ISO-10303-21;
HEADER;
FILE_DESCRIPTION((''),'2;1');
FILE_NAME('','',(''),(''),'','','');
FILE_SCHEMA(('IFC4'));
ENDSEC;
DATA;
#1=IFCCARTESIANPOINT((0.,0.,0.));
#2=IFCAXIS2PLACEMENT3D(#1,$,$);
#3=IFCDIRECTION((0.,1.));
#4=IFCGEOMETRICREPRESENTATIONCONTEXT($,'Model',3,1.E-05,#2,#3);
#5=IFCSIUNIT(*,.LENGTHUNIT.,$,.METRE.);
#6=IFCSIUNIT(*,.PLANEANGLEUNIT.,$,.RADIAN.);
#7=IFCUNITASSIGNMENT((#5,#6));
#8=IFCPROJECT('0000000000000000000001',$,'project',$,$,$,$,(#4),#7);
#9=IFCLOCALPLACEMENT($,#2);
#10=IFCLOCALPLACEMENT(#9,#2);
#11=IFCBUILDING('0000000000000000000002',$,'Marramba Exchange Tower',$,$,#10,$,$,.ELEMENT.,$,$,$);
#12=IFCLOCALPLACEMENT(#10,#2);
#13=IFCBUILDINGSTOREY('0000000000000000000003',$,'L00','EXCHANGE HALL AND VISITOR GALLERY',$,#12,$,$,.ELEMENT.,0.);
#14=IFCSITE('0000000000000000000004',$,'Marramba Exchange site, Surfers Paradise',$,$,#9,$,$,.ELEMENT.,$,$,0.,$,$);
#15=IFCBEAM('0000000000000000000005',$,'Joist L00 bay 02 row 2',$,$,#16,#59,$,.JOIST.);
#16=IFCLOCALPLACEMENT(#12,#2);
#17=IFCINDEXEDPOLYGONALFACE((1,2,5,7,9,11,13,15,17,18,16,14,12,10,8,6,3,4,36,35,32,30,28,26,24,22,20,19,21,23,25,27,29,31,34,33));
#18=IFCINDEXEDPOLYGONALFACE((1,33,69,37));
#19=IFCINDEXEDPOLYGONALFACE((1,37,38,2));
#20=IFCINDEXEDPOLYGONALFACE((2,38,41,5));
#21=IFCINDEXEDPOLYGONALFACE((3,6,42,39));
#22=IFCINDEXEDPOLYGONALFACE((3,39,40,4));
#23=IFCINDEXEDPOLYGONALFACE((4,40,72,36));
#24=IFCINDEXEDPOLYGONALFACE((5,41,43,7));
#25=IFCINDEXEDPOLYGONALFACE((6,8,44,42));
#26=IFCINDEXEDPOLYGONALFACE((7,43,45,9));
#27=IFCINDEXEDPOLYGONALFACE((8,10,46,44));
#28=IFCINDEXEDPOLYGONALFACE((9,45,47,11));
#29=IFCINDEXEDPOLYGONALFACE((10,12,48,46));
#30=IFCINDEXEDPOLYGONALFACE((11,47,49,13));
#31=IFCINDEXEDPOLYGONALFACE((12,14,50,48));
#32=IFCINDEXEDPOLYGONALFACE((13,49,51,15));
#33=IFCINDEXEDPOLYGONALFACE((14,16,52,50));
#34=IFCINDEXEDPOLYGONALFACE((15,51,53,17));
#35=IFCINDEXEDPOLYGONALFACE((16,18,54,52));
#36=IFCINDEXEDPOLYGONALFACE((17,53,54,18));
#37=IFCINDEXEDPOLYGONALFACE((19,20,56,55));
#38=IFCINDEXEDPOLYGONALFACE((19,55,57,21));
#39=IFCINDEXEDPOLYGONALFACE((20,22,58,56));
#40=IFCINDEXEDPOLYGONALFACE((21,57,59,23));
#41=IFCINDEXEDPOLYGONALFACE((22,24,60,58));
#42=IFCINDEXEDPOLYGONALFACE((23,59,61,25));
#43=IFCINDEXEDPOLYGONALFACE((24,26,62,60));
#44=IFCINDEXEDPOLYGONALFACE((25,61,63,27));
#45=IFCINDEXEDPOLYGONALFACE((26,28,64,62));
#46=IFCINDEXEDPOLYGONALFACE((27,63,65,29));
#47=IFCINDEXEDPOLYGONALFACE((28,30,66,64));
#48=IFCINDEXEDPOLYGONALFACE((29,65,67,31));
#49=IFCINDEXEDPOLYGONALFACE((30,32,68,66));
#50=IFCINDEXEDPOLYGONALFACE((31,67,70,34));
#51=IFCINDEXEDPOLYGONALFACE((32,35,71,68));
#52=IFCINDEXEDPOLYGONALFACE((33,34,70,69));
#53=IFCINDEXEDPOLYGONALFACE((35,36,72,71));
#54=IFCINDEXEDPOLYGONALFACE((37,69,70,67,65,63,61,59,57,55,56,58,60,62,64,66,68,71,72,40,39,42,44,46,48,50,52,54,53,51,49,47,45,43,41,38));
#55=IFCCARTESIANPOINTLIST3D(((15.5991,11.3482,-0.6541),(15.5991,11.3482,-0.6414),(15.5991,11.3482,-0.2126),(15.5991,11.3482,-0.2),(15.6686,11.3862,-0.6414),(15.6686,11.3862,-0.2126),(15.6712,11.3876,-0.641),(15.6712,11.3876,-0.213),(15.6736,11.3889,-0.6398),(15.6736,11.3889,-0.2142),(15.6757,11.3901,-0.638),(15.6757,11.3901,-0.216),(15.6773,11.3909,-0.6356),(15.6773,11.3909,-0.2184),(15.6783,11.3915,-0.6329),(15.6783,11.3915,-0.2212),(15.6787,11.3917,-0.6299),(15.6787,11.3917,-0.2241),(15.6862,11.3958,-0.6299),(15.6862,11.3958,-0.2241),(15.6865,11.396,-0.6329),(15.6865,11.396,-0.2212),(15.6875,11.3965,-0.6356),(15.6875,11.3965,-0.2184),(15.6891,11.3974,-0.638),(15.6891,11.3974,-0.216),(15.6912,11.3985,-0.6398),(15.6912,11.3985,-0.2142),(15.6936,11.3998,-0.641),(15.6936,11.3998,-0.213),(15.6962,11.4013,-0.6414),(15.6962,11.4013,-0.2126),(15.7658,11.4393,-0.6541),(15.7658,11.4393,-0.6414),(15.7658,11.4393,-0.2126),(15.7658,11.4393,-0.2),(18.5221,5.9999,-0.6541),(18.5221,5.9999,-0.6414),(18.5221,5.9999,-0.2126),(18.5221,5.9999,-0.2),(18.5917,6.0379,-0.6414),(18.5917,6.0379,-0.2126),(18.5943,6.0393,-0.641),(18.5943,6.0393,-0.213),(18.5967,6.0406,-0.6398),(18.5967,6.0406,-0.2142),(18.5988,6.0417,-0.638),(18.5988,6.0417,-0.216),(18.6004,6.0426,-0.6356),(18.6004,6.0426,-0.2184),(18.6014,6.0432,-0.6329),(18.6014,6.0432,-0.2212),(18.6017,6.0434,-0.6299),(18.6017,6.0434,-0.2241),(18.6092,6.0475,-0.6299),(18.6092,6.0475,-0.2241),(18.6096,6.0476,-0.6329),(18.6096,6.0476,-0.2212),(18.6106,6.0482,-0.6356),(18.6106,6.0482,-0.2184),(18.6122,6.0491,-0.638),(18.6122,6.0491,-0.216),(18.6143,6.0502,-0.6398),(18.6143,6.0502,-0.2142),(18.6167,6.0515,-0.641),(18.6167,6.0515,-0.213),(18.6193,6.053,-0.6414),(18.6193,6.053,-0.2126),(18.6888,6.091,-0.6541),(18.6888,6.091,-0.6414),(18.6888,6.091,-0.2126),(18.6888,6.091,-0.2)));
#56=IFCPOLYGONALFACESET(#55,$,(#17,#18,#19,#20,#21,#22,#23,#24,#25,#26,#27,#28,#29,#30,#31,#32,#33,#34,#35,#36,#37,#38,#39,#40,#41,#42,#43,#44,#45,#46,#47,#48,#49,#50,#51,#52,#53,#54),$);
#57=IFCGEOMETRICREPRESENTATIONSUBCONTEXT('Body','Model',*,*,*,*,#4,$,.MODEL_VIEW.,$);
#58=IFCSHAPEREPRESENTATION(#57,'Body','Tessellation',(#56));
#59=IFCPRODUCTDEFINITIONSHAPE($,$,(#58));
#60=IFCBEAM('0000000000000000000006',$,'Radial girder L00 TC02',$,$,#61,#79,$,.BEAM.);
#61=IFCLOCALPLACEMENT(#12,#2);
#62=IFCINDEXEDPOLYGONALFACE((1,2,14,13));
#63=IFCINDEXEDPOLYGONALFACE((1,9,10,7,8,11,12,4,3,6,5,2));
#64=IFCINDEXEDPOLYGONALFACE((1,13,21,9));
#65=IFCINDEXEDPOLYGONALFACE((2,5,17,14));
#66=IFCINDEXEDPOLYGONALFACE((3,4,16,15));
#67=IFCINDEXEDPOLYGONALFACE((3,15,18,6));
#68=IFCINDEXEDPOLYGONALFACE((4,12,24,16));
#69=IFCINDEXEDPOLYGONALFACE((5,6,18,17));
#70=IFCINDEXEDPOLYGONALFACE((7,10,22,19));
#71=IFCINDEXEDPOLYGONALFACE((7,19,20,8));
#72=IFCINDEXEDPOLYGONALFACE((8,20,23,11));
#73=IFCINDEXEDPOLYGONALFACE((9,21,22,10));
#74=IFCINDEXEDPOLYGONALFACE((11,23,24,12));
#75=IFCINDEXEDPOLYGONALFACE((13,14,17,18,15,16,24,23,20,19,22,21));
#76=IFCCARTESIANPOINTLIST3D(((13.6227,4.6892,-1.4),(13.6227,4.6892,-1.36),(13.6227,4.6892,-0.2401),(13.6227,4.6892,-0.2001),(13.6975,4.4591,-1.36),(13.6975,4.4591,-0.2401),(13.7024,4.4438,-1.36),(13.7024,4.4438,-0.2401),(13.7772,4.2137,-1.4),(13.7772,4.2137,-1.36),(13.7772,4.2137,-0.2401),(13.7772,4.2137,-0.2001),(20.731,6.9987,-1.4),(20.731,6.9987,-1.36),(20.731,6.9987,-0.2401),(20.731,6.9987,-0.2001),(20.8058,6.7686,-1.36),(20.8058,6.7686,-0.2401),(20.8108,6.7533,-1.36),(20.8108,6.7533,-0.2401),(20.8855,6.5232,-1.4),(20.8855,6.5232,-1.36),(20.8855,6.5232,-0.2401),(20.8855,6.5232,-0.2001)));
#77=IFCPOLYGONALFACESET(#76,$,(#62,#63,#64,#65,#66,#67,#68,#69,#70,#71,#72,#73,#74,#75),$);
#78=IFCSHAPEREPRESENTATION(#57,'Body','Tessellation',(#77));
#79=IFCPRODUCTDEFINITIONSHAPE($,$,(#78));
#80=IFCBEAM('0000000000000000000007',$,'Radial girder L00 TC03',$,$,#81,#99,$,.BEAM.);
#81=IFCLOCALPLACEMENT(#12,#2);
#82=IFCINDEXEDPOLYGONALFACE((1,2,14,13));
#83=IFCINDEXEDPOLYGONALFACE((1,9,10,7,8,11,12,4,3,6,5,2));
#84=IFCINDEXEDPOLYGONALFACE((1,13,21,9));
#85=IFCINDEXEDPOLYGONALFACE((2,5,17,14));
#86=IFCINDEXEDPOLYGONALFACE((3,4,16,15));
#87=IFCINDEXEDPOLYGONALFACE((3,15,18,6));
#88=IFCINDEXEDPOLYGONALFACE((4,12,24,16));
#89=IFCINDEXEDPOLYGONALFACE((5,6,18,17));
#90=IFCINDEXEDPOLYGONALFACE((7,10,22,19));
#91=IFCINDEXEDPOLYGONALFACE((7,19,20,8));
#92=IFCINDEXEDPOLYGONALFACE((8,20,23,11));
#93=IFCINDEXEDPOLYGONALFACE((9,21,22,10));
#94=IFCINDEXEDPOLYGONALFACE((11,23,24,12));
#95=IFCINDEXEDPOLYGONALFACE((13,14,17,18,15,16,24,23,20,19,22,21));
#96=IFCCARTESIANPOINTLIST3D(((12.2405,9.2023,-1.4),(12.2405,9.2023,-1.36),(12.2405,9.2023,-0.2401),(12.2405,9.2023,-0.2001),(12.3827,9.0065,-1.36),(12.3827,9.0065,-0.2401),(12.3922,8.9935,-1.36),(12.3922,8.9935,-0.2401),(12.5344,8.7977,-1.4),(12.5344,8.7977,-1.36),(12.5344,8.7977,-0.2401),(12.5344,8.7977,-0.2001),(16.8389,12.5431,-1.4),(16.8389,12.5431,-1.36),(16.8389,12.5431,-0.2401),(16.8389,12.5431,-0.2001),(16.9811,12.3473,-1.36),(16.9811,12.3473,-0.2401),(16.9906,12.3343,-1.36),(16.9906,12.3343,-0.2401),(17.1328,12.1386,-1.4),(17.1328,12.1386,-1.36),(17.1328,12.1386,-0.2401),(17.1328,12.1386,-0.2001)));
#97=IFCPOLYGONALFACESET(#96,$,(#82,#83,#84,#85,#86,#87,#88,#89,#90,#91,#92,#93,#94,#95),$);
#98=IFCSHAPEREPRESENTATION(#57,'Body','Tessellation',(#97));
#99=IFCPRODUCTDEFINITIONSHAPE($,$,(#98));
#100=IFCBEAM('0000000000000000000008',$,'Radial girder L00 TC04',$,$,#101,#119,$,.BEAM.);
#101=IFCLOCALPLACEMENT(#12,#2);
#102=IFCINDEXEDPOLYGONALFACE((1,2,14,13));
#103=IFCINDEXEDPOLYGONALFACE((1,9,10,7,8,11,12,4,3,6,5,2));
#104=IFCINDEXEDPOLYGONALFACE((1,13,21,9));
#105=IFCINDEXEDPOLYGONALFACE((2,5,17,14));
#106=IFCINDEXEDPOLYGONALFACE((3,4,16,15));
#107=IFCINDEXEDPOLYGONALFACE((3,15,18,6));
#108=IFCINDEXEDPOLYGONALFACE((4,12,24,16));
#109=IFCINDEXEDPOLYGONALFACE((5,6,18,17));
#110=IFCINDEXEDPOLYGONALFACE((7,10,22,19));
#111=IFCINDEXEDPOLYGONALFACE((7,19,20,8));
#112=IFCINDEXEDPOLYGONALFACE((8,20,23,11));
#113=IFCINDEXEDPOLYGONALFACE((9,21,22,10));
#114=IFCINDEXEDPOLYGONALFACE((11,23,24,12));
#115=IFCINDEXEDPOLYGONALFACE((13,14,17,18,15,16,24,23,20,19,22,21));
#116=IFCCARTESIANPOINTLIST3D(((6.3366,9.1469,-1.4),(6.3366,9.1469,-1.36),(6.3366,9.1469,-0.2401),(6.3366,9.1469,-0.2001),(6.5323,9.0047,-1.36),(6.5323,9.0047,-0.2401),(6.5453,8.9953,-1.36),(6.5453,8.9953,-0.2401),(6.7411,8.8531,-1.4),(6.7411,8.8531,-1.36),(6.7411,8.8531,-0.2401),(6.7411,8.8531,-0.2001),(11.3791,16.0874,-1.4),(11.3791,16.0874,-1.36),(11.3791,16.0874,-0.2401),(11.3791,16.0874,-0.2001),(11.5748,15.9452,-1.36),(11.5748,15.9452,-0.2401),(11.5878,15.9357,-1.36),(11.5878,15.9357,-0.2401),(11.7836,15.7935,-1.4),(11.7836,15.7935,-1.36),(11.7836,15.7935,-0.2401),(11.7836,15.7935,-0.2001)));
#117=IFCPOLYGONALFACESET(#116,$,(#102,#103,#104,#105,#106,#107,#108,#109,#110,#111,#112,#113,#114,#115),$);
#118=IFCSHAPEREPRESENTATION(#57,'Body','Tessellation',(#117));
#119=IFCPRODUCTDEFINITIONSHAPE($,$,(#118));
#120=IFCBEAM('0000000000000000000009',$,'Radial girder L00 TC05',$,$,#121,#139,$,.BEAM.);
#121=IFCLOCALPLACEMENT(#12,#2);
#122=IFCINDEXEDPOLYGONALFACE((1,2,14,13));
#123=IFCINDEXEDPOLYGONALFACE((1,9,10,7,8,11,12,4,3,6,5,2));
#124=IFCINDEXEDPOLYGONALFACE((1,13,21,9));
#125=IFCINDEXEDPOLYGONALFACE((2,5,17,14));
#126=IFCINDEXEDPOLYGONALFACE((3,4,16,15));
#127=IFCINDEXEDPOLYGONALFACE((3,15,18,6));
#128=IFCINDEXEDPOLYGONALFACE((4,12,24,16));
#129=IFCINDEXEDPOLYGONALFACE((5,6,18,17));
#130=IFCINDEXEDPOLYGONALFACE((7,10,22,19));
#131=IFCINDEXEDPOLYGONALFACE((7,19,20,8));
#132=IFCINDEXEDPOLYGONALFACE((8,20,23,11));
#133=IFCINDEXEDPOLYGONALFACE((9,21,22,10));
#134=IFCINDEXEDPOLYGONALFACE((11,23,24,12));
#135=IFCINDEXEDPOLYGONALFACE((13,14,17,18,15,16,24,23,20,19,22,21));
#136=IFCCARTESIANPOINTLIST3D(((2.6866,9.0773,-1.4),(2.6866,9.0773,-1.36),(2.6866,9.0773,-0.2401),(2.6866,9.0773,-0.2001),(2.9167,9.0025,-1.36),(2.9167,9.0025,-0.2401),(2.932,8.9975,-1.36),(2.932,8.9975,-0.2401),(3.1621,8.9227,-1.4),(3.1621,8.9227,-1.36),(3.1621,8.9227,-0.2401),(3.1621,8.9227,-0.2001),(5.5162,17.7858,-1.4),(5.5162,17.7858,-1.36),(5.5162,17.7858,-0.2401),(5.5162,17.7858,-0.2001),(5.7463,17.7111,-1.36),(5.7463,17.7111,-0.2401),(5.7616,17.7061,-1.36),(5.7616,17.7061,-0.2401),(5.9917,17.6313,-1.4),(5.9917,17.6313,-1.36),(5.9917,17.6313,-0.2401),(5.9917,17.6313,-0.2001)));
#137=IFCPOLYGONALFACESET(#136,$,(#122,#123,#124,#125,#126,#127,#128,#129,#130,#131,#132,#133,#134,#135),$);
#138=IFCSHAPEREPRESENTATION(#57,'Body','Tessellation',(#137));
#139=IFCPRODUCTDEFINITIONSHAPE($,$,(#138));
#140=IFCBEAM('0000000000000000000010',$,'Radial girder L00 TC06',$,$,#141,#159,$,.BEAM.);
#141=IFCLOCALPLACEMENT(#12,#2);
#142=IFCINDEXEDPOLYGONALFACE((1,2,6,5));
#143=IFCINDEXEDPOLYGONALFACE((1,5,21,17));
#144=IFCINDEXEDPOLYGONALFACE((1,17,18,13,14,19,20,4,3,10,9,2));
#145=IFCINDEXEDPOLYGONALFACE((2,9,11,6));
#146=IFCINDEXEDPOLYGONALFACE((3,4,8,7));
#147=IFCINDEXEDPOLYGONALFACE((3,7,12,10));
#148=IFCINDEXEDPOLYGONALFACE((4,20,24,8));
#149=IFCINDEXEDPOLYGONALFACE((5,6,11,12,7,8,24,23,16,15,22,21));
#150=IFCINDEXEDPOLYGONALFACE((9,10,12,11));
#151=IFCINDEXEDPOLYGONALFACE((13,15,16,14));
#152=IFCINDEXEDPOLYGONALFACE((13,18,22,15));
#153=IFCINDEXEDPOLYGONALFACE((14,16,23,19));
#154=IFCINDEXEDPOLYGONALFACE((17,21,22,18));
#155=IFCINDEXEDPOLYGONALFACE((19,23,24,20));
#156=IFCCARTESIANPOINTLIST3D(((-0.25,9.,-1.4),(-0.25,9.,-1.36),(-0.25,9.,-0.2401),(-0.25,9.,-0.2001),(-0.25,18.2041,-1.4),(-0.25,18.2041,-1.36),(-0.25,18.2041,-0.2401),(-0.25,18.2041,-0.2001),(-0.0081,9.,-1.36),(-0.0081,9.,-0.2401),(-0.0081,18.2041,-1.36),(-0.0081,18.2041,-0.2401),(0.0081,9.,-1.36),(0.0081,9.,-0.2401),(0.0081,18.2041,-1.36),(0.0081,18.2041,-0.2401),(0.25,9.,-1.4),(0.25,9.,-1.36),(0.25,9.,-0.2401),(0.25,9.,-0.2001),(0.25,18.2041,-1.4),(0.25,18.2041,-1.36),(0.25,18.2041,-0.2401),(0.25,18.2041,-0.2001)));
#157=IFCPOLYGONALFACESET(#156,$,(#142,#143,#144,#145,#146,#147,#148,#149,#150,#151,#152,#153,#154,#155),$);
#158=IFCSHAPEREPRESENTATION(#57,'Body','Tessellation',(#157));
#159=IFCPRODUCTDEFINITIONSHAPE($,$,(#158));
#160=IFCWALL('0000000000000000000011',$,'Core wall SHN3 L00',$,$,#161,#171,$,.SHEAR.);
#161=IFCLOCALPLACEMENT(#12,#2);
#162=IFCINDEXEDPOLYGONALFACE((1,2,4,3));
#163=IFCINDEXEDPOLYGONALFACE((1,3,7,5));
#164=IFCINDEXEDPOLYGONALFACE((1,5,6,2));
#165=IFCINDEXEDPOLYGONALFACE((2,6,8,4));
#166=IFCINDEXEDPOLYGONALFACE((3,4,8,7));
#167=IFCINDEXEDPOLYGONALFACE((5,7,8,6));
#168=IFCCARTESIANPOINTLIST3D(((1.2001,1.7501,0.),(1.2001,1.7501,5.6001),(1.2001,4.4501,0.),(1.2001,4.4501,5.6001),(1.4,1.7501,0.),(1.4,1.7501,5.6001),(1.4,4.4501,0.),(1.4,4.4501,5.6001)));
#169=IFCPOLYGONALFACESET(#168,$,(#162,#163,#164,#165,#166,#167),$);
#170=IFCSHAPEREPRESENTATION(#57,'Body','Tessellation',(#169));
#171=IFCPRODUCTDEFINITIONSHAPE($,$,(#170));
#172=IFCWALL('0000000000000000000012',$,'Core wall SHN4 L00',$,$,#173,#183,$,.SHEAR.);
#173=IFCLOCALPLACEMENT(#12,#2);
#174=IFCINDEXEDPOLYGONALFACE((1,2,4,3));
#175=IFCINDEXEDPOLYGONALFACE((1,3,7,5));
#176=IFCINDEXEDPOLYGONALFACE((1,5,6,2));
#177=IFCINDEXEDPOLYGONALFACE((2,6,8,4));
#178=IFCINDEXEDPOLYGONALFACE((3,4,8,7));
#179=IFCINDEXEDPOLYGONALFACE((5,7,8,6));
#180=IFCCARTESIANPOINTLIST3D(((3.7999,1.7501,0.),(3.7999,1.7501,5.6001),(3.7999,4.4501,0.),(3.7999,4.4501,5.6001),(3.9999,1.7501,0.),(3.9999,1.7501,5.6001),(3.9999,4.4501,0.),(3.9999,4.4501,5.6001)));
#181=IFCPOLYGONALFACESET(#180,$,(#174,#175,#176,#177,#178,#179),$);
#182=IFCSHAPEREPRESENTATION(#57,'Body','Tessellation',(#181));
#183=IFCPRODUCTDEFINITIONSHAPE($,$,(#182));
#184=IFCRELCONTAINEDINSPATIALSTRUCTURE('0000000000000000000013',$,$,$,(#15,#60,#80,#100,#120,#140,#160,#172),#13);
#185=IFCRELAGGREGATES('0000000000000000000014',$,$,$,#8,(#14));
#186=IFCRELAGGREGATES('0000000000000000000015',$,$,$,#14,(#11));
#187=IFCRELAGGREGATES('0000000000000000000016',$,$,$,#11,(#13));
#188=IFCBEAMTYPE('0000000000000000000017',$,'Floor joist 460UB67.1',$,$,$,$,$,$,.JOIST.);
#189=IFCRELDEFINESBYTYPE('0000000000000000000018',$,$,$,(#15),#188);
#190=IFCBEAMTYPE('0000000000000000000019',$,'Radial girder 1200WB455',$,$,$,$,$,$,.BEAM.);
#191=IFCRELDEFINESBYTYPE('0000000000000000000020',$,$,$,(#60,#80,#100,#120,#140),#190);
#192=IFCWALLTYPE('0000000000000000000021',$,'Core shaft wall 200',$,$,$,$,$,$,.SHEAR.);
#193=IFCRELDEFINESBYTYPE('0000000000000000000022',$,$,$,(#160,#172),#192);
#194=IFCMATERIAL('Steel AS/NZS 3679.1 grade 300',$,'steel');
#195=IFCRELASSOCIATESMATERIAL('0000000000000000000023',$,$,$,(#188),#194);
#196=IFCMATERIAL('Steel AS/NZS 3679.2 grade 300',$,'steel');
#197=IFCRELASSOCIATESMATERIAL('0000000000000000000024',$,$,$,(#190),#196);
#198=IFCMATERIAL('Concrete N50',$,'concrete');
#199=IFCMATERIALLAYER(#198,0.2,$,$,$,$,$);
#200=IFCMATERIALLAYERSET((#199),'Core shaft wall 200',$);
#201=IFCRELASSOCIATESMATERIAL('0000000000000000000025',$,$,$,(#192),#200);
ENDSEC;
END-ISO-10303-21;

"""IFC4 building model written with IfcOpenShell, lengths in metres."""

from ifc_helpers import new_model, si_unit, direction, frame, frame_2d, origin, origin_2d, place, context, subcontext, project, spatial, rectangle, i_section, extrude, material, layer, layer_set, material_profile, profile_set, type_object, element, save


model = new_model("IFC4")

# Units and contexts
model_context = context("Model", 3, precision=1e-05, world=origin(), true_north=direction((0.0, 1.0)))
body_context = subcontext(model_context, "Body", "Model", "MODEL_VIEW")
ifc_project = project(units=[si_unit("LENGTHUNIT", "METRE"), si_unit("PLANEANGLEUNIT", "RADIAN")], contexts=[model_context])

# Site, building, storey
site_placement = place(None, origin())
site = spatial("IfcSite", under=ifc_project, at=site_placement, Name="Marramba Exchange site, Surfers Paradise", CompositionType="ELEMENT", RefElevation=0.0)
building_placement = place(site_placement, origin())
building = spatial("IfcBuilding", under=site, at=building_placement, Name="Marramba Exchange Tower", CompositionType="ELEMENT")
storey_placement = place(building_placement, origin())
storey = spatial("IfcBuildingStorey", under=building, at=storey_placement, Name="L00", Description="EXCHANGE HALL AND VISITOR GALLERY", CompositionType="ELEMENT", Elevation=0.0)

# Beams
ifc_material_1 = material(Name="Steel AS/NZS 3679.1 grade 300", Category="steel")
ifc_material_profile_1 = material_profile(ifc_material_1, i_section(OverallWidth=0.1899, OverallDepth=0.4541, WebThickness=0.0085, FlangeThickness=0.0127, FilletRadius=0.0115, at=origin_2d()), Name="460UB67.1")
ifc_profile_set_1 = profile_set([ifc_material_profile_1], Name="Steel AS/NZS 3679.1 grade 300")
beam_type_1 = type_object("IfcBeamType", Name="Floor joist 460UB67.1", PredefinedType="JOIST", material=ifc_profile_set_1)
beam_1_placement = place(storey_placement, frame((18.6055, 6.0454, -0.427), z_axis=(-0.479584, 0.877496, 0.0), x_axis=(-0.877496, -0.479584, 0.0)))
element("IfcBeam", 1, at=beam_1_placement, inside=storey, type_object=beam_type_1, Name="Joist L00 bay 02 row 2", PredefinedType="JOIST", context=body_context, shape_type="SweptSolid", body=[
    extrude(i_section(OverallWidth=0.1899, OverallDepth=0.4541, WebThickness=0.0085, FlangeThickness=0.0127, FilletRadius=0.0115, at=origin_2d()), origin(), (0.0, 0.0, 1.0), 6.095),
])
ifc_material_2 = material(Name="Steel AS/NZS 3679.2 grade 300", Category="steel")
ifc_material_profile_2 = material_profile(ifc_material_2, i_section(OverallWidth=0.5, OverallDepth=1.2, WebThickness=0.0161, FlangeThickness=0.04, at=origin_2d()), Name="1200WB455")
ifc_profile_set_2 = profile_set([ifc_material_profile_2], Name="Steel AS/NZS 3679.2 grade 300")
beam_type_2 = type_object("IfcBeamType", Name="Radial girder 1200WB455", PredefinedType="BEAM", material=ifc_profile_set_2)
beam_2_placement = place(storey_placement, frame((13.7, 4.4514, -0.8), z_axis=(0.95106, 0.309006, 0.0), x_axis=(-0.309006, 0.95106, 0.0)))
element("IfcBeam", 2, at=beam_2_placement, inside=storey, type_object=beam_type_2, Name="Radial girder L00 TC02", PredefinedType="BEAM", context=body_context, shape_type="SweptSolid", body=[
    extrude(i_section(OverallWidth=0.5, OverallDepth=1.2, WebThickness=0.0161, FlangeThickness=0.04, at=origin_2d()), origin(), (0.0, 0.0, 1.0), 7.4741),
])
beam_3_placement = place(storey_placement, frame((12.3875, 9.0, -0.8), z_axis=(0.809026, 0.587773, 0.0), x_axis=(-0.587773, 0.809026, 0.0)))
element("IfcBeam", 3, at=beam_3_placement, inside=storey, type_object=beam_type_2, Name="Radial girder L00 TC03", PredefinedType="BEAM", context=body_context, shape_type="SweptSolid", body=[
    extrude(i_section(OverallWidth=0.5, OverallDepth=1.2, WebThickness=0.0161, FlangeThickness=0.04, at=origin_2d()), origin(), (0.0, 0.0, 1.0), 5.6838),
])
beam_4_placement = place(storey_placement, frame((6.5388, 9.0, -0.8), z_axis=(0.587782, 0.809019, 0.0), x_axis=(-0.809019, 0.587782, 0.0)))
element("IfcBeam", 4, at=beam_4_placement, inside=storey, type_object=beam_type_2, Name="Radial girder L00 TC04", PredefinedType="BEAM", context=body_context, shape_type="SweptSolid", body=[
    extrude(i_section(OverallWidth=0.5, OverallDepth=1.2, WebThickness=0.0161, FlangeThickness=0.04, at=origin_2d()), origin(), (0.0, 0.0, 1.0), 8.5789),
])
beam_5_placement = place(storey_placement, frame((2.9243, 9.0, -0.8), z_axis=(0.30902, 0.951056, 0.0), x_axis=(-0.951056, 0.30902, 0.0)))
element("IfcBeam", 5, at=beam_5_placement, inside=storey, type_object=beam_type_2, Name="Radial girder L00 TC05", PredefinedType="BEAM", context=body_context, shape_type="SweptSolid", body=[
    extrude(i_section(OverallWidth=0.5, OverallDepth=1.2, WebThickness=0.0161, FlangeThickness=0.04, at=origin_2d()), origin(), (0.0, 0.0, 1.0), 9.1567),
])
beam_6_placement = place(storey_placement, frame((0.0, 9.0, -0.8), z_axis=(0.0, 1.0, 0.0), x_axis=(-1.0, 0.0, 0.0)))
element("IfcBeam", 6, at=beam_6_placement, inside=storey, type_object=beam_type_2, Name="Radial girder L00 TC06", PredefinedType="BEAM", context=body_context, shape_type="SweptSolid", body=[
    extrude(i_section(OverallWidth=0.5, OverallDepth=1.2, WebThickness=0.0161, FlangeThickness=0.04, at=origin_2d()), origin(), (0.0, 0.0, 1.0), 9.2041),
])

# Walls
ifc_material_3 = material(Name="Concrete N50", Category="concrete")
ifc_layer_1 = layer(ifc_material_3, 0.2)
ifc_layer_set_1 = layer_set([ifc_layer_1], Name="Core shaft wall 200")
wall_type_1 = type_object("IfcWallType", Name="Core shaft wall 200", PredefinedType="SHEAR", material=ifc_layer_set_1)
for number, where, z_axis, x_axis, name in (
    (7, (1.3, 1.75, 0.0), (0.0, 0.0, 1.0), (0.0, 1.0, 0.0), "Core wall SHN3 L00"),
    (8, (3.8999, 1.75, 0.0), (0.0, 0.0, 1.0), (0.0, 1.0, 0.0), "Core wall SHN4 L00"),
):
    element("IfcWall", number, at=place(storey_placement, frame(where, z_axis=z_axis, x_axis=x_axis)), inside=storey, type_object=wall_type_1, Name=name, PredefinedType="SHEAR", context=body_context, shape_type="SweptSolid", body=[
        extrude(rectangle(XDim=2.7, YDim=0.2, at=frame_2d((1.3501, 0.0))), origin(), (0.0, 0.0, 1.0), 5.6001),
    ])

save(model, "model.ifc")
